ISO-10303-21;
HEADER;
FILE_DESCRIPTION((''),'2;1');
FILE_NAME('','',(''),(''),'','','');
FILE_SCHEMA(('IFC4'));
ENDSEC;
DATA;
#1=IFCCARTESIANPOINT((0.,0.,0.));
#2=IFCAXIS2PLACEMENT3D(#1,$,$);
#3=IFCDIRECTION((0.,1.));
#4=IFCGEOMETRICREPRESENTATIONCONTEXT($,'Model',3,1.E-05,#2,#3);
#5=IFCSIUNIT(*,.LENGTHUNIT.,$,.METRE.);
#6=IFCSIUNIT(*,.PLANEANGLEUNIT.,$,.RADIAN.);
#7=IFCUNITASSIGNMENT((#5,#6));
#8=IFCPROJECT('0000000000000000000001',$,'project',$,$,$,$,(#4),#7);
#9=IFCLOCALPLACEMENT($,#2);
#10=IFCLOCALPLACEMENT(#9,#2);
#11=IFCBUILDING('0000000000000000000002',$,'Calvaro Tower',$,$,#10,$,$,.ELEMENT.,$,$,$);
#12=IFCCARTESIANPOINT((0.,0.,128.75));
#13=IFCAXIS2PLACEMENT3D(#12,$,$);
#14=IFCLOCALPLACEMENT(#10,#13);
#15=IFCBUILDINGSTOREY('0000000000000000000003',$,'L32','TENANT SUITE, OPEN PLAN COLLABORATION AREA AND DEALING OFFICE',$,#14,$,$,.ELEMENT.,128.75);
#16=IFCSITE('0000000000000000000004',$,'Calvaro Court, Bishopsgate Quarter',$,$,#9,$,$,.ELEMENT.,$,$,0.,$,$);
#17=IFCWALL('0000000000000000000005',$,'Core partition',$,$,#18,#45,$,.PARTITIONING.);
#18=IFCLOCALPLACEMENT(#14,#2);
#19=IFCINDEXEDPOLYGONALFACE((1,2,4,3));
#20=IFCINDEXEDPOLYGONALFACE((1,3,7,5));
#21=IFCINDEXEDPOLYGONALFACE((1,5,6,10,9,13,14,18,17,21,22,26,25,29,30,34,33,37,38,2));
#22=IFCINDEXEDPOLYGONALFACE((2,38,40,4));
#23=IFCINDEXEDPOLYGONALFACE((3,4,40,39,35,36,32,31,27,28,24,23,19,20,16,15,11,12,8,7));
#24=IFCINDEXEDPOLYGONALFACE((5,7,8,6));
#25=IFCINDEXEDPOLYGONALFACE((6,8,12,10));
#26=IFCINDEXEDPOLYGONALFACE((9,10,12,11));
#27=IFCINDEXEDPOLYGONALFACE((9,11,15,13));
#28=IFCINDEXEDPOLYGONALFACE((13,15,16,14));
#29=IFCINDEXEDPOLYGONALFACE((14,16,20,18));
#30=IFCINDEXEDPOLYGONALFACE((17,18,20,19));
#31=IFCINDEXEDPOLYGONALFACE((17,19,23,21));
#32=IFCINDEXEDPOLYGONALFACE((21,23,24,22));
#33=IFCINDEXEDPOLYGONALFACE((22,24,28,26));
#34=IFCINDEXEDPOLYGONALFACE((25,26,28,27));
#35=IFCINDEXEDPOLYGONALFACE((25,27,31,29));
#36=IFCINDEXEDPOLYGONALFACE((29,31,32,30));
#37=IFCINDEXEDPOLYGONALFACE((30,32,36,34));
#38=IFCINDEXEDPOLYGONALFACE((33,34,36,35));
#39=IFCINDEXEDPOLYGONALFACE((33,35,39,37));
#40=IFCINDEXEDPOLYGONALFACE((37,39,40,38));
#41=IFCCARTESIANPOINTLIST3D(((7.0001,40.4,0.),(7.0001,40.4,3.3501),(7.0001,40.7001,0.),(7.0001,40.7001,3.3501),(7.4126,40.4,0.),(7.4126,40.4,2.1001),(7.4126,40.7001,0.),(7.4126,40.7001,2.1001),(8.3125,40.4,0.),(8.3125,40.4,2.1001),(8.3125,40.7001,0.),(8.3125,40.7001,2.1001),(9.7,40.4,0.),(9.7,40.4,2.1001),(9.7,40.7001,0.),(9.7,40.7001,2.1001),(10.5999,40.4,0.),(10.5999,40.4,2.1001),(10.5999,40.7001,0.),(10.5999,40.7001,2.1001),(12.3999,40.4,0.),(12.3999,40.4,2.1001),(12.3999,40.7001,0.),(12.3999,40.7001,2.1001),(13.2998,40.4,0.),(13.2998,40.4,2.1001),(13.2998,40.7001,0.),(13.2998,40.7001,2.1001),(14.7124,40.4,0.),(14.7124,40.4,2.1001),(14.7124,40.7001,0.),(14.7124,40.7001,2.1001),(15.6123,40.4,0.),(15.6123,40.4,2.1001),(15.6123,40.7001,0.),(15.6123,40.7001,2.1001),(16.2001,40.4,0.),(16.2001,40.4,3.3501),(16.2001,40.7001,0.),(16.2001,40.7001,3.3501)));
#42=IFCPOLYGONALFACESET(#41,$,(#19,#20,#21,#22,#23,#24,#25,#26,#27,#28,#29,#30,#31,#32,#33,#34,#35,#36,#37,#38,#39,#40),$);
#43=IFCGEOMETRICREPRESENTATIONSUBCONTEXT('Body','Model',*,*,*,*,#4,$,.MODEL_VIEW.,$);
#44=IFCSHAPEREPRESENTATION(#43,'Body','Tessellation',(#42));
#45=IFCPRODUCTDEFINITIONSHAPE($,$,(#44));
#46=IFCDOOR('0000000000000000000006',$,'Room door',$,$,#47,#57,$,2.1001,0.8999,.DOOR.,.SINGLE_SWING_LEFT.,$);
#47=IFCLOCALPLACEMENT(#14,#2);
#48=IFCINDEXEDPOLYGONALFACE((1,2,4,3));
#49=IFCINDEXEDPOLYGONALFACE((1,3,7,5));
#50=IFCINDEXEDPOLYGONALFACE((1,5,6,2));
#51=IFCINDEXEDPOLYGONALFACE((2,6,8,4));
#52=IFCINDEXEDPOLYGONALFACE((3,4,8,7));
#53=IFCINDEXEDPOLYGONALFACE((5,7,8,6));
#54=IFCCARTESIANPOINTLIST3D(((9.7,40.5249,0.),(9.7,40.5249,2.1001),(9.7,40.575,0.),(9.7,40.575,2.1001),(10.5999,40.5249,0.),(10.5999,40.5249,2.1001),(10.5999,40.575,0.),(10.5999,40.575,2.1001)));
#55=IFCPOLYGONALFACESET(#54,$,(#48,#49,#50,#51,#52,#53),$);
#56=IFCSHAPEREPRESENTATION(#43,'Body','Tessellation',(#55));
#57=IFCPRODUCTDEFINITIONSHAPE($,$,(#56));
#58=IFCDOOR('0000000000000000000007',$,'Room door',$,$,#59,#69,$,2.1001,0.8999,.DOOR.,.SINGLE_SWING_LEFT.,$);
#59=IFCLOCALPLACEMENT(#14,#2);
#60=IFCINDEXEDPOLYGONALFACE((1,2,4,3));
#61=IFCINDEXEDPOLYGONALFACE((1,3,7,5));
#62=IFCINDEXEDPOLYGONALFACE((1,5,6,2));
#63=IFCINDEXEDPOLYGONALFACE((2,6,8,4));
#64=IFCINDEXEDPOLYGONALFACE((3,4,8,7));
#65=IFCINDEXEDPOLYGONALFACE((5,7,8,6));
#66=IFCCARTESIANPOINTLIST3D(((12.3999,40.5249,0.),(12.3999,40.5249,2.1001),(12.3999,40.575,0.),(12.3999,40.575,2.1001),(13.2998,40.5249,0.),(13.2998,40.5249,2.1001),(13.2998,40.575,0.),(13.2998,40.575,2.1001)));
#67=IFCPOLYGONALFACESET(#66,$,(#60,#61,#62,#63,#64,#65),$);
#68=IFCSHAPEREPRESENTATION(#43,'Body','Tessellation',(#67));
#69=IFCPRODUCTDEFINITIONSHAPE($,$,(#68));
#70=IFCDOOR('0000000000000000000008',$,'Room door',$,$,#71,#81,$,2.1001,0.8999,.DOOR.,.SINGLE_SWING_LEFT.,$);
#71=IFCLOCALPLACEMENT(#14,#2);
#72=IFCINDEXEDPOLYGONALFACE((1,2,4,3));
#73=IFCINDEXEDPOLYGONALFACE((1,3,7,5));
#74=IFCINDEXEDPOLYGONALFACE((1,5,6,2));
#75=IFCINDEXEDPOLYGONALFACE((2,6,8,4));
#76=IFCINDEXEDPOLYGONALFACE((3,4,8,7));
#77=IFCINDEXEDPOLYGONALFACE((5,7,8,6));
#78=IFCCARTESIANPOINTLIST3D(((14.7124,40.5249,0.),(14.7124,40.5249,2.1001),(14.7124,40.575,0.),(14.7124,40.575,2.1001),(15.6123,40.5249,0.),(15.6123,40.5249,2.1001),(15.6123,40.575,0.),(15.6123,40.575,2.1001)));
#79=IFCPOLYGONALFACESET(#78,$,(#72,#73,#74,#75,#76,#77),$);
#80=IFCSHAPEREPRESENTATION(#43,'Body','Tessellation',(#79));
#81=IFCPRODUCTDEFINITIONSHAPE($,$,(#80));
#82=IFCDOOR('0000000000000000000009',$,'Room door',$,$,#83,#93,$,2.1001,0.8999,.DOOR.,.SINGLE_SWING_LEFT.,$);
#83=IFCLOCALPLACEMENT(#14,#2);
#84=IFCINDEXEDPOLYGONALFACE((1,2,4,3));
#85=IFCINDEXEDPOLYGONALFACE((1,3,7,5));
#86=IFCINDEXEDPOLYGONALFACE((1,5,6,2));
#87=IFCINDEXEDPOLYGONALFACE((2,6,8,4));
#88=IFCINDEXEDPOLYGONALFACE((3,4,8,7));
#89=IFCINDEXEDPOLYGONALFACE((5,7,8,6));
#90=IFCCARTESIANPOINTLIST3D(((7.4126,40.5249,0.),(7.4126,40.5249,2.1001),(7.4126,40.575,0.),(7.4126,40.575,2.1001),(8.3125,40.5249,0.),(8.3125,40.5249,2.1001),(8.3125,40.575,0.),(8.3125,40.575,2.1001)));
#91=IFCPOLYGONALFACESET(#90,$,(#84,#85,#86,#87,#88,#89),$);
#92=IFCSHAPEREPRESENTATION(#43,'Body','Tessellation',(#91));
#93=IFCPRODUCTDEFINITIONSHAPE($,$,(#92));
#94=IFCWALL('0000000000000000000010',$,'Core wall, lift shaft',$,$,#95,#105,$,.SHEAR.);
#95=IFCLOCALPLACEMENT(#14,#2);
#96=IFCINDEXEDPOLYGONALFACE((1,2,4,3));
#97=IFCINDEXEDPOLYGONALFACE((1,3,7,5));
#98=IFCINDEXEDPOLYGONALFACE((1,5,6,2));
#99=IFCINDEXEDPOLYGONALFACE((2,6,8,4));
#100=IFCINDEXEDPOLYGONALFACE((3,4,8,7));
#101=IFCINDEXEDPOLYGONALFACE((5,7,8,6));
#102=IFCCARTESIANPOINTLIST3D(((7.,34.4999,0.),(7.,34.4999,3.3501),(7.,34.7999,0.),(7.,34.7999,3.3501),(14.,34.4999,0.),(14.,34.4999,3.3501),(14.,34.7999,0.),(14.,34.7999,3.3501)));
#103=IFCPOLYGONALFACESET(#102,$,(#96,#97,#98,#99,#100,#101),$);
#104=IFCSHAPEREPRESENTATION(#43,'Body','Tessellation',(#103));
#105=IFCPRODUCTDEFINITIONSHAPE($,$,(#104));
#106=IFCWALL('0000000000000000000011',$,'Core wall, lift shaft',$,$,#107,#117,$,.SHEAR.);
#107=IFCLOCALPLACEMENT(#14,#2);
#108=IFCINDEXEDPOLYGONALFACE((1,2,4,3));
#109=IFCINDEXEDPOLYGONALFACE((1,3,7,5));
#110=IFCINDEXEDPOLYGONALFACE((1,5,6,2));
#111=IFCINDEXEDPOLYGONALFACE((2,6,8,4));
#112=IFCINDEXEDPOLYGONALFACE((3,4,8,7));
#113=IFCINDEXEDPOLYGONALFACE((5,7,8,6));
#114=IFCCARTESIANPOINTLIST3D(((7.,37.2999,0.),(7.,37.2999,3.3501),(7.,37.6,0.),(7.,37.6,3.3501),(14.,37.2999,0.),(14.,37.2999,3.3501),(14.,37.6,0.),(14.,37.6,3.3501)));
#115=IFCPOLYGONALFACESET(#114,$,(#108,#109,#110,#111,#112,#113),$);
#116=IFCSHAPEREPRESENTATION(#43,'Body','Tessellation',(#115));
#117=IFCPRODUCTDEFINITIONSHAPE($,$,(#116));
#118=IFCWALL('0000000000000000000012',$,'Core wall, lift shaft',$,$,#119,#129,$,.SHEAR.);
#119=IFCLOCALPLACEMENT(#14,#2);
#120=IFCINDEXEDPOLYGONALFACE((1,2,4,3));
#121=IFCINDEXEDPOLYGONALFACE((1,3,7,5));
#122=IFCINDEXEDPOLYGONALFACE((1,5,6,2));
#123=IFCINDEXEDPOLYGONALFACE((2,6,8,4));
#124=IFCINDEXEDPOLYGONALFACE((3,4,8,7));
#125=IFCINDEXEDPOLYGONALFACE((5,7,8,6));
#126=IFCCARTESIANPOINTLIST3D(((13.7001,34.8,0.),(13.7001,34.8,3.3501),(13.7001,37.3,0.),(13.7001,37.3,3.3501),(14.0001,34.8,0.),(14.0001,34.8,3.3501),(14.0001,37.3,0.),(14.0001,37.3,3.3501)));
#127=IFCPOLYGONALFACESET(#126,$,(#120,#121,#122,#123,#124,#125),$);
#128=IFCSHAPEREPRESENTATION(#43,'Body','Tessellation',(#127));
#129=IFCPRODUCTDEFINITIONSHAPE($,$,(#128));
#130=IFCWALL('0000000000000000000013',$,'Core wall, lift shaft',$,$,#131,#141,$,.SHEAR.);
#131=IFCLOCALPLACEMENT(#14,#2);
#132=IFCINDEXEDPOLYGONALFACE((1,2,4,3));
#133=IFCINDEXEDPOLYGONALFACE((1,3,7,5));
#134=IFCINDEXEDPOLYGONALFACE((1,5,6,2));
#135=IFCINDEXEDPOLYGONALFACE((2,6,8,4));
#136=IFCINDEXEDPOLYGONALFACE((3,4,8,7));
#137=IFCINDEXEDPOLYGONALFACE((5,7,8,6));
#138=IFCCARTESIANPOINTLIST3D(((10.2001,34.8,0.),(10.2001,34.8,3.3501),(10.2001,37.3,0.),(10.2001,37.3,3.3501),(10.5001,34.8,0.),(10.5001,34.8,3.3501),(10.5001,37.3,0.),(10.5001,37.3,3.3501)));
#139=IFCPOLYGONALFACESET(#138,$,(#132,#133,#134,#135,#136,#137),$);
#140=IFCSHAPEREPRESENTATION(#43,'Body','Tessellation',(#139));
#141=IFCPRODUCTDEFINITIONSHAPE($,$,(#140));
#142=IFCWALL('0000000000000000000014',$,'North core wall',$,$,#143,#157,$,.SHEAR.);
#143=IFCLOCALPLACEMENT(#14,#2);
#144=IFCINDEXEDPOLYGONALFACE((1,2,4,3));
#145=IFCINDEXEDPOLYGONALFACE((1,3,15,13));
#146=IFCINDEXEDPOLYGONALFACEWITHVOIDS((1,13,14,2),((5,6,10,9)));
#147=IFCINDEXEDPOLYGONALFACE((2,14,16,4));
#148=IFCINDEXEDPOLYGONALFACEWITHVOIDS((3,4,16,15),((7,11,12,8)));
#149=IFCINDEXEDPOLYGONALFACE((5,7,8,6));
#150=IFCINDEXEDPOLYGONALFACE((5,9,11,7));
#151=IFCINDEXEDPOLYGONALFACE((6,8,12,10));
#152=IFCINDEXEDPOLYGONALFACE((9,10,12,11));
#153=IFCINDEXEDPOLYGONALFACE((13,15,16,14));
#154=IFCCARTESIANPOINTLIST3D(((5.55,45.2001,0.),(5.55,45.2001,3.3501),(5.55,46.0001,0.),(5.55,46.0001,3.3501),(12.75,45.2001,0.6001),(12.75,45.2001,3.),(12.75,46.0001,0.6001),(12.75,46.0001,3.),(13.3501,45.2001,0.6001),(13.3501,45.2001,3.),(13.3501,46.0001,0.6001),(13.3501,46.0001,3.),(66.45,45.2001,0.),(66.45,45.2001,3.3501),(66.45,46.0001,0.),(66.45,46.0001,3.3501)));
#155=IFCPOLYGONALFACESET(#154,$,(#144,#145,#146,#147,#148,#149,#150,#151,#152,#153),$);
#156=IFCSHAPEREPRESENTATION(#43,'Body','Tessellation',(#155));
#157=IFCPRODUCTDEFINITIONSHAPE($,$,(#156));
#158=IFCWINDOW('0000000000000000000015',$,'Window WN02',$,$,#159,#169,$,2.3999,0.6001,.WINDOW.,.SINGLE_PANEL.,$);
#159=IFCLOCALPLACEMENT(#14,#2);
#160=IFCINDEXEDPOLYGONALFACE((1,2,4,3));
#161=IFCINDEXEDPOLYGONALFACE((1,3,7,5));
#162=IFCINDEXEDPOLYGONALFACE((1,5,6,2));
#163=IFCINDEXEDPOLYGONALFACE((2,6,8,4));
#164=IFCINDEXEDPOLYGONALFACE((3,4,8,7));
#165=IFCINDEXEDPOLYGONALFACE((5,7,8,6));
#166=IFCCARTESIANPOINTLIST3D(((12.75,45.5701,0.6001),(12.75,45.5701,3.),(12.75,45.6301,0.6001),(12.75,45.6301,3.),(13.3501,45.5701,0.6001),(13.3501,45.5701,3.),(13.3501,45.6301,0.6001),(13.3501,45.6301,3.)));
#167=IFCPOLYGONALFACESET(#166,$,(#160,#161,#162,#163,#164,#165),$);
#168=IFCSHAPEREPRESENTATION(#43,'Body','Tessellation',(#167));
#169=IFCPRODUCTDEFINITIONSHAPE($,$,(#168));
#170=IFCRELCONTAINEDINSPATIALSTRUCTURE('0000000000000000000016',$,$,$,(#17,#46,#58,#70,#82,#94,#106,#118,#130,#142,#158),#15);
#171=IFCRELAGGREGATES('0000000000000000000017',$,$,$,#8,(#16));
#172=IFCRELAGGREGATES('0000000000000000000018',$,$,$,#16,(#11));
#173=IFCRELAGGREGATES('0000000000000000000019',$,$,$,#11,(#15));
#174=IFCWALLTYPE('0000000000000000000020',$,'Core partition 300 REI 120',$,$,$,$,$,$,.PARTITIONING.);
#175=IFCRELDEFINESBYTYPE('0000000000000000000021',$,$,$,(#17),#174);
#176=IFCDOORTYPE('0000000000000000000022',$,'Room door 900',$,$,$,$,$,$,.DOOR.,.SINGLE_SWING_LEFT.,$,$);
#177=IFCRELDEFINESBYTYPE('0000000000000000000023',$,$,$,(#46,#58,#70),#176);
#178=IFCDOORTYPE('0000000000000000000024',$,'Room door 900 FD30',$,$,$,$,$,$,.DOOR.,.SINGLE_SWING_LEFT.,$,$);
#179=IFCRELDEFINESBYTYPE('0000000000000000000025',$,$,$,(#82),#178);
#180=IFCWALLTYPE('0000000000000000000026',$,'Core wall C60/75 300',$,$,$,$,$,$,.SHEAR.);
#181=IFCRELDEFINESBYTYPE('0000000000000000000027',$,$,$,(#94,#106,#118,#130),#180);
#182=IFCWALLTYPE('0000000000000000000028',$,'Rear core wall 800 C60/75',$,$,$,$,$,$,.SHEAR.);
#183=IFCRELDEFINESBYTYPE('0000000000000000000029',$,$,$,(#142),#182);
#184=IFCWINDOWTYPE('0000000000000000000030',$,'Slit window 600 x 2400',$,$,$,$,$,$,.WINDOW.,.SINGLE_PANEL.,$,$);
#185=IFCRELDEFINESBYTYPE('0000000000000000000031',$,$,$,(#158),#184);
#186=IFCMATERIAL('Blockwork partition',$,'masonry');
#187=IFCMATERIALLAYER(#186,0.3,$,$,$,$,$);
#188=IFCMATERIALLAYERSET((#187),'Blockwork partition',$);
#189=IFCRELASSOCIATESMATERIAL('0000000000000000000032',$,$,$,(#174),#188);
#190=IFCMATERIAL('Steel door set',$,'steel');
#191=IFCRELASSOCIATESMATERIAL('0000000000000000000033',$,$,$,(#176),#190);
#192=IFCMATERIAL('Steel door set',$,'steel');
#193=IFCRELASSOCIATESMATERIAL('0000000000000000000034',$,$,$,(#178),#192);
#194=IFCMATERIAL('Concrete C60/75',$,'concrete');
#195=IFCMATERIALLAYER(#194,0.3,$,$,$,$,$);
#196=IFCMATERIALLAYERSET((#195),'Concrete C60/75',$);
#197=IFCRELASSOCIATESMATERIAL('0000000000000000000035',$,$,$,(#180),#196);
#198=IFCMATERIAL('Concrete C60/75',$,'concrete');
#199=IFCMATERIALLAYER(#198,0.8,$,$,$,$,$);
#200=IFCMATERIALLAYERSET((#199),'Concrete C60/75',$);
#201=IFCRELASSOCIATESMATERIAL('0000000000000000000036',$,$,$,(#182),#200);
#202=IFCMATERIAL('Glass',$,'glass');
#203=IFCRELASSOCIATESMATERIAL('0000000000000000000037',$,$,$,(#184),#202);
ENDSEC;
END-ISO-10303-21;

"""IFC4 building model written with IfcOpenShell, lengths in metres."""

from ifc_helpers import new_model, si_unit, direction, frame, frame_2d, origin, place, context, subcontext, project, spatial, rectangle, extrude, material, layer, layer_set, type_object, element, fill, save


model = new_model("IFC4")

# Units and contexts
model_context = context("Model", 3, precision=1e-05, world=origin(), true_north=direction((0.0, 1.0)))
body_context = subcontext(model_context, "Body", "Model", "MODEL_VIEW")
ifc_project = project(units=[si_unit("LENGTHUNIT", "METRE"), si_unit("PLANEANGLEUNIT", "RADIAN")], contexts=[model_context])

# Site, building, storey
site_placement = place(None, origin())
site = spatial("IfcSite", under=ifc_project, at=site_placement, Name="Calvaro Court, Bishopsgate Quarter", CompositionType="ELEMENT", RefElevation=0.0)
building_placement = place(site_placement, origin())
building = spatial("IfcBuilding", under=site, at=building_placement, Name="Calvaro Tower", CompositionType="ELEMENT")
storey_placement = place(building_placement, frame((0.0, 0.0, 128.75)))
storey = spatial("IfcBuildingStorey", under=building, at=storey_placement, Name="L32", Description="TENANT SUITE, OPEN PLAN COLLABORATION AREA AND DEALING OFFICE", CompositionType="ELEMENT", Elevation=128.75)

# Wall, openings, doors
ifc_material_1 = material(Name="Blockwork partition", Category="masonry")
ifc_layer_1 = layer(ifc_material_1, 0.3)
ifc_layer_set_1 = layer_set([ifc_layer_1], Name="Blockwork partition")
wall_type_1 = type_object("IfcWallType", Name="Core partition 300 REI 120", PredefinedType="PARTITIONING", material=ifc_layer_set_1)
wall_1_placement = place(storey_placement, frame((7.0, 40.55, 0.0), z_axis=(0.0, 0.0, 1.0), x_axis=(1.0, 0.0, 0.0)))
wall_1 = element("IfcWall", 1, at=wall_1_placement, inside=storey, type_object=wall_type_1, Name="Core partition", PredefinedType="PARTITIONING", context=body_context, shape_type="SweptSolid", body=[
    extrude(rectangle(XDim=9.2, YDim=0.3, at=frame_2d((4.6001, 0.0))), origin(), (0.0, 0.0, 1.0), 3.3501),
])
opening_1_placement = place(wall_1_placement, frame((0.4126, 0.0, 0.0)))
opening_1 = element("IfcOpeningElement", 2, at=opening_1_placement, cuts=wall_1, PredefinedType="OPENING", context=body_context, shape_type="SweptSolid", body=[
    extrude(rectangle(XDim=0.8999, YDim=2.1001, at=frame_2d((0.45, 1.05))), frame((0.0, 0.1599, 0.0), z_axis=(0.0, -1.0, 0.0), x_axis=(1.0, 0.0, 0.0)), (0.0, 0.0, 1.0), 0.3201),
])
opening_2_placement = place(wall_1_placement, frame((2.7, 0.0, 0.0)))
opening_2 = element("IfcOpeningElement", 3, at=opening_2_placement, cuts=wall_1, PredefinedType="OPENING", context=body_context, shape_type="SweptSolid", body=[
    extrude(rectangle(XDim=0.8999, YDim=2.1001, at=frame_2d((0.45, 1.05))), frame((0.0, 0.1599, 0.0), z_axis=(0.0, -1.0, 0.0), x_axis=(1.0, 0.0, 0.0)), (0.0, 0.0, 1.0), 0.3201),
])
opening_3_placement = place(wall_1_placement, frame((5.3999, 0.0, 0.0)))
opening_3 = element("IfcOpeningElement", 4, at=opening_3_placement, cuts=wall_1, PredefinedType="OPENING", context=body_context, shape_type="SweptSolid", body=[
    extrude(rectangle(XDim=0.8999, YDim=2.1001, at=frame_2d((0.45, 1.05))), frame((0.0, 0.1599, 0.0), z_axis=(0.0, -1.0, 0.0), x_axis=(1.0, 0.0, 0.0)), (0.0, 0.0, 1.0), 0.3201),
])
opening_4_placement = place(wall_1_placement, frame((7.7124, 0.0, 0.0)))
opening_4 = element("IfcOpeningElement", 5, at=opening_4_placement, cuts=wall_1, PredefinedType="OPENING", context=body_context, shape_type="SweptSolid", body=[
    extrude(rectangle(XDim=0.8999, YDim=2.1001, at=frame_2d((0.45, 1.05))), frame((0.0, 0.1599, 0.0), z_axis=(0.0, -1.0, 0.0), x_axis=(1.0, 0.0, 0.0)), (0.0, 0.0, 1.0), 0.3201),
])
ifc_material_2 = material(Name="Steel door set", Category="steel")
door_type_1 = type_object("IfcDoorType", Name="Room door 900", OperationType="SINGLE_SWING_LEFT", PredefinedType="DOOR", material=ifc_material_2)
door_1_placement = place(opening_2_placement, origin())
door_1 = element("IfcDoor", 6, at=door_1_placement, inside=storey, type_object=door_type_1, Name="Room door", OperationType="SINGLE_SWING_LEFT", OverallHeight=2.1001, OverallWidth=0.8999, PredefinedType="DOOR", context=body_context, shape_type="SweptSolid", body=[
    extrude(rectangle(XDim=0.8999, YDim=2.1001, at=frame_2d((0.45, 1.05))), frame((0.0, 0.0249, 0.0), z_axis=(0.0, -1.0, 0.0), x_axis=(1.0, 0.0, 0.0)), (0.0, 0.0, 1.0), 0.05),
])
fill(opening_2, door_1)
door_2_placement = place(opening_3_placement, origin())
door_2 = element("IfcDoor", 7, at=door_2_placement, inside=storey, type_object=door_type_1, Name="Room door", OperationType="SINGLE_SWING_LEFT", OverallHeight=2.1001, OverallWidth=0.8999, PredefinedType="DOOR", context=body_context, shape_type="SweptSolid", body=[
    extrude(rectangle(XDim=0.8999, YDim=2.1001, at=frame_2d((0.45, 1.05))), frame((0.0, 0.0249, 0.0), z_axis=(0.0, -1.0, 0.0), x_axis=(1.0, 0.0, 0.0)), (0.0, 0.0, 1.0), 0.05),
])
fill(opening_3, door_2)
door_3_placement = place(opening_4_placement, origin())
door_3 = element("IfcDoor", 8, at=door_3_placement, inside=storey, type_object=door_type_1, Name="Room door", OperationType="SINGLE_SWING_LEFT", OverallHeight=2.1001, OverallWidth=0.8999, PredefinedType="DOOR", context=body_context, shape_type="SweptSolid", body=[
    extrude(rectangle(XDim=0.8999, YDim=2.1001, at=frame_2d((0.45, 1.05))), frame((0.0, 0.0249, 0.0), z_axis=(0.0, -1.0, 0.0), x_axis=(1.0, 0.0, 0.0)), (0.0, 0.0, 1.0), 0.05),
])
fill(opening_4, door_3)
ifc_material_3 = material(Name="Steel door set", Category="steel")
door_type_2 = type_object("IfcDoorType", Name="Room door 900 FD30", OperationType="SINGLE_SWING_LEFT", PredefinedType="DOOR", material=ifc_material_3)
door_4_placement = place(opening_1_placement, origin())
door_4 = element("IfcDoor", 9, at=door_4_placement, inside=storey, type_object=door_type_2, Name="Room door", OperationType="SINGLE_SWING_LEFT", OverallHeight=2.1001, OverallWidth=0.8999, PredefinedType="DOOR", context=body_context, shape_type="SweptSolid", body=[
    extrude(rectangle(XDim=0.8999, YDim=2.1001, at=frame_2d((0.45, 1.05))), frame((0.0, 0.0249, 0.0), z_axis=(0.0, -1.0, 0.0), x_axis=(1.0, 0.0, 0.0)), (0.0, 0.0, 1.0), 0.05),
])
fill(opening_1, door_4)

# Walls
ifc_material_4 = material(Name="Concrete C60/75", Category="concrete")
ifc_layer_2 = layer(ifc_material_4, 0.3)
ifc_layer_set_2 = layer_set([ifc_layer_2], Name="Concrete C60/75")
wall_type_2 = type_object("IfcWallType", Name="Core wall C60/75 300", PredefinedType="SHEAR", material=ifc_layer_set_2)
for number, where, z_axis, x_axis, name in (
    (10, (7.0, 34.6499, 0.0), (0.0, 0.0, 1.0), (1.0, 0.0, 0.0), "Core wall, lift shaft"),
    (11, (7.0, 37.45, 0.0), (0.0, 0.0, 1.0), (1.0, 0.0, 0.0), "Core wall, lift shaft"),
):
    element("IfcWall", number, at=place(storey_placement, frame(where, z_axis=z_axis, x_axis=x_axis)), inside=storey, type_object=wall_type_2, Name=name, PredefinedType="SHEAR", context=body_context, shape_type="SweptSolid", body=[
        extrude(rectangle(XDim=7.0, YDim=0.3, at=frame_2d((3.5, 0.0))), origin(), (0.0, 0.0, 1.0), 3.3501),
    ])
for number, where, z_axis, x_axis, name in (
    (12, (13.8501, 34.8, 0.0), (0.0, 0.0, 1.0), (0.0, 1.0, 0.0), "Core wall, lift shaft"),
    (13, (10.3501, 34.8, 0.0), (0.0, 0.0, 1.0), (0.0, 1.0, 0.0), "Core wall, lift shaft"),
):
    element("IfcWall", number, at=place(storey_placement, frame(where, z_axis=z_axis, x_axis=x_axis)), inside=storey, type_object=wall_type_2, Name=name, PredefinedType="SHEAR", context=body_context, shape_type="SweptSolid", body=[
        extrude(rectangle(XDim=2.5, YDim=0.3, at=frame_2d((1.25, 0.0))), origin(), (0.0, 0.0, 1.0), 3.3501),
    ])

# Wall, opening, window
ifc_material_5 = material(Name="Concrete C60/75", Category="concrete")
ifc_layer_3 = layer(ifc_material_5, 0.8)
ifc_layer_set_3 = layer_set([ifc_layer_3], Name="Concrete C60/75")
wall_type_3 = type_object("IfcWallType", Name="Rear core wall 800 C60/75", PredefinedType="SHEAR", material=ifc_layer_set_3)
wall_2_placement = place(storey_placement, frame((5.55, 45.6001, 0.0), z_axis=(0.0, 0.0, 1.0), x_axis=(1.0, 0.0, 0.0)))
wall_2 = element("IfcWall", 14, at=wall_2_placement, inside=storey, type_object=wall_type_3, Name="North core wall", PredefinedType="SHEAR", context=body_context, shape_type="SweptSolid", body=[
    extrude(rectangle(XDim=60.8999, YDim=0.8, at=frame_2d((30.45, 0.0))), origin(), (0.0, 0.0, 1.0), 3.3501),
])
opening_5_placement = place(wall_2_placement, frame((7.2, 0.0, 0.6001)))
opening_5 = element("IfcOpeningElement", 15, at=opening_5_placement, cuts=wall_2, PredefinedType="OPENING", context=body_context, shape_type="SweptSolid", body=[
    extrude(rectangle(XDim=0.6001, YDim=2.3999, at=frame_2d((0.3, 1.2))), frame((0.0, 0.4099, 0.0), z_axis=(0.0, -1.0, 0.0), x_axis=(1.0, 0.0, 0.0)), (0.0, 0.0, 1.0), 0.8201),
])
ifc_material_6 = material(Name="Glass", Category="glass")
window_type = type_object("IfcWindowType", Name="Slit window 600 x 2400", PartitioningType="SINGLE_PANEL", PredefinedType="WINDOW", material=ifc_material_6)
window_placement = place(opening_5_placement, origin())
window = element("IfcWindow", 16, at=window_placement, inside=storey, type_object=window_type, Name="Window WN02", OverallHeight=2.3999, OverallWidth=0.6001, PartitioningType="SINGLE_PANEL", PredefinedType="WINDOW", context=body_context, shape_type="SweptSolid", body=[
    extrude(rectangle(XDim=0.6001, YDim=2.3999, at=frame_2d((0.3, 1.2))), frame((0.0, 0.03, 0.0), z_axis=(0.0, -1.0, 0.0), x_axis=(1.0, 0.0, 0.0)), (0.0, 0.0, 1.0), 0.0601),
])
fill(opening_5, window)

save(model, "model.ifc")
